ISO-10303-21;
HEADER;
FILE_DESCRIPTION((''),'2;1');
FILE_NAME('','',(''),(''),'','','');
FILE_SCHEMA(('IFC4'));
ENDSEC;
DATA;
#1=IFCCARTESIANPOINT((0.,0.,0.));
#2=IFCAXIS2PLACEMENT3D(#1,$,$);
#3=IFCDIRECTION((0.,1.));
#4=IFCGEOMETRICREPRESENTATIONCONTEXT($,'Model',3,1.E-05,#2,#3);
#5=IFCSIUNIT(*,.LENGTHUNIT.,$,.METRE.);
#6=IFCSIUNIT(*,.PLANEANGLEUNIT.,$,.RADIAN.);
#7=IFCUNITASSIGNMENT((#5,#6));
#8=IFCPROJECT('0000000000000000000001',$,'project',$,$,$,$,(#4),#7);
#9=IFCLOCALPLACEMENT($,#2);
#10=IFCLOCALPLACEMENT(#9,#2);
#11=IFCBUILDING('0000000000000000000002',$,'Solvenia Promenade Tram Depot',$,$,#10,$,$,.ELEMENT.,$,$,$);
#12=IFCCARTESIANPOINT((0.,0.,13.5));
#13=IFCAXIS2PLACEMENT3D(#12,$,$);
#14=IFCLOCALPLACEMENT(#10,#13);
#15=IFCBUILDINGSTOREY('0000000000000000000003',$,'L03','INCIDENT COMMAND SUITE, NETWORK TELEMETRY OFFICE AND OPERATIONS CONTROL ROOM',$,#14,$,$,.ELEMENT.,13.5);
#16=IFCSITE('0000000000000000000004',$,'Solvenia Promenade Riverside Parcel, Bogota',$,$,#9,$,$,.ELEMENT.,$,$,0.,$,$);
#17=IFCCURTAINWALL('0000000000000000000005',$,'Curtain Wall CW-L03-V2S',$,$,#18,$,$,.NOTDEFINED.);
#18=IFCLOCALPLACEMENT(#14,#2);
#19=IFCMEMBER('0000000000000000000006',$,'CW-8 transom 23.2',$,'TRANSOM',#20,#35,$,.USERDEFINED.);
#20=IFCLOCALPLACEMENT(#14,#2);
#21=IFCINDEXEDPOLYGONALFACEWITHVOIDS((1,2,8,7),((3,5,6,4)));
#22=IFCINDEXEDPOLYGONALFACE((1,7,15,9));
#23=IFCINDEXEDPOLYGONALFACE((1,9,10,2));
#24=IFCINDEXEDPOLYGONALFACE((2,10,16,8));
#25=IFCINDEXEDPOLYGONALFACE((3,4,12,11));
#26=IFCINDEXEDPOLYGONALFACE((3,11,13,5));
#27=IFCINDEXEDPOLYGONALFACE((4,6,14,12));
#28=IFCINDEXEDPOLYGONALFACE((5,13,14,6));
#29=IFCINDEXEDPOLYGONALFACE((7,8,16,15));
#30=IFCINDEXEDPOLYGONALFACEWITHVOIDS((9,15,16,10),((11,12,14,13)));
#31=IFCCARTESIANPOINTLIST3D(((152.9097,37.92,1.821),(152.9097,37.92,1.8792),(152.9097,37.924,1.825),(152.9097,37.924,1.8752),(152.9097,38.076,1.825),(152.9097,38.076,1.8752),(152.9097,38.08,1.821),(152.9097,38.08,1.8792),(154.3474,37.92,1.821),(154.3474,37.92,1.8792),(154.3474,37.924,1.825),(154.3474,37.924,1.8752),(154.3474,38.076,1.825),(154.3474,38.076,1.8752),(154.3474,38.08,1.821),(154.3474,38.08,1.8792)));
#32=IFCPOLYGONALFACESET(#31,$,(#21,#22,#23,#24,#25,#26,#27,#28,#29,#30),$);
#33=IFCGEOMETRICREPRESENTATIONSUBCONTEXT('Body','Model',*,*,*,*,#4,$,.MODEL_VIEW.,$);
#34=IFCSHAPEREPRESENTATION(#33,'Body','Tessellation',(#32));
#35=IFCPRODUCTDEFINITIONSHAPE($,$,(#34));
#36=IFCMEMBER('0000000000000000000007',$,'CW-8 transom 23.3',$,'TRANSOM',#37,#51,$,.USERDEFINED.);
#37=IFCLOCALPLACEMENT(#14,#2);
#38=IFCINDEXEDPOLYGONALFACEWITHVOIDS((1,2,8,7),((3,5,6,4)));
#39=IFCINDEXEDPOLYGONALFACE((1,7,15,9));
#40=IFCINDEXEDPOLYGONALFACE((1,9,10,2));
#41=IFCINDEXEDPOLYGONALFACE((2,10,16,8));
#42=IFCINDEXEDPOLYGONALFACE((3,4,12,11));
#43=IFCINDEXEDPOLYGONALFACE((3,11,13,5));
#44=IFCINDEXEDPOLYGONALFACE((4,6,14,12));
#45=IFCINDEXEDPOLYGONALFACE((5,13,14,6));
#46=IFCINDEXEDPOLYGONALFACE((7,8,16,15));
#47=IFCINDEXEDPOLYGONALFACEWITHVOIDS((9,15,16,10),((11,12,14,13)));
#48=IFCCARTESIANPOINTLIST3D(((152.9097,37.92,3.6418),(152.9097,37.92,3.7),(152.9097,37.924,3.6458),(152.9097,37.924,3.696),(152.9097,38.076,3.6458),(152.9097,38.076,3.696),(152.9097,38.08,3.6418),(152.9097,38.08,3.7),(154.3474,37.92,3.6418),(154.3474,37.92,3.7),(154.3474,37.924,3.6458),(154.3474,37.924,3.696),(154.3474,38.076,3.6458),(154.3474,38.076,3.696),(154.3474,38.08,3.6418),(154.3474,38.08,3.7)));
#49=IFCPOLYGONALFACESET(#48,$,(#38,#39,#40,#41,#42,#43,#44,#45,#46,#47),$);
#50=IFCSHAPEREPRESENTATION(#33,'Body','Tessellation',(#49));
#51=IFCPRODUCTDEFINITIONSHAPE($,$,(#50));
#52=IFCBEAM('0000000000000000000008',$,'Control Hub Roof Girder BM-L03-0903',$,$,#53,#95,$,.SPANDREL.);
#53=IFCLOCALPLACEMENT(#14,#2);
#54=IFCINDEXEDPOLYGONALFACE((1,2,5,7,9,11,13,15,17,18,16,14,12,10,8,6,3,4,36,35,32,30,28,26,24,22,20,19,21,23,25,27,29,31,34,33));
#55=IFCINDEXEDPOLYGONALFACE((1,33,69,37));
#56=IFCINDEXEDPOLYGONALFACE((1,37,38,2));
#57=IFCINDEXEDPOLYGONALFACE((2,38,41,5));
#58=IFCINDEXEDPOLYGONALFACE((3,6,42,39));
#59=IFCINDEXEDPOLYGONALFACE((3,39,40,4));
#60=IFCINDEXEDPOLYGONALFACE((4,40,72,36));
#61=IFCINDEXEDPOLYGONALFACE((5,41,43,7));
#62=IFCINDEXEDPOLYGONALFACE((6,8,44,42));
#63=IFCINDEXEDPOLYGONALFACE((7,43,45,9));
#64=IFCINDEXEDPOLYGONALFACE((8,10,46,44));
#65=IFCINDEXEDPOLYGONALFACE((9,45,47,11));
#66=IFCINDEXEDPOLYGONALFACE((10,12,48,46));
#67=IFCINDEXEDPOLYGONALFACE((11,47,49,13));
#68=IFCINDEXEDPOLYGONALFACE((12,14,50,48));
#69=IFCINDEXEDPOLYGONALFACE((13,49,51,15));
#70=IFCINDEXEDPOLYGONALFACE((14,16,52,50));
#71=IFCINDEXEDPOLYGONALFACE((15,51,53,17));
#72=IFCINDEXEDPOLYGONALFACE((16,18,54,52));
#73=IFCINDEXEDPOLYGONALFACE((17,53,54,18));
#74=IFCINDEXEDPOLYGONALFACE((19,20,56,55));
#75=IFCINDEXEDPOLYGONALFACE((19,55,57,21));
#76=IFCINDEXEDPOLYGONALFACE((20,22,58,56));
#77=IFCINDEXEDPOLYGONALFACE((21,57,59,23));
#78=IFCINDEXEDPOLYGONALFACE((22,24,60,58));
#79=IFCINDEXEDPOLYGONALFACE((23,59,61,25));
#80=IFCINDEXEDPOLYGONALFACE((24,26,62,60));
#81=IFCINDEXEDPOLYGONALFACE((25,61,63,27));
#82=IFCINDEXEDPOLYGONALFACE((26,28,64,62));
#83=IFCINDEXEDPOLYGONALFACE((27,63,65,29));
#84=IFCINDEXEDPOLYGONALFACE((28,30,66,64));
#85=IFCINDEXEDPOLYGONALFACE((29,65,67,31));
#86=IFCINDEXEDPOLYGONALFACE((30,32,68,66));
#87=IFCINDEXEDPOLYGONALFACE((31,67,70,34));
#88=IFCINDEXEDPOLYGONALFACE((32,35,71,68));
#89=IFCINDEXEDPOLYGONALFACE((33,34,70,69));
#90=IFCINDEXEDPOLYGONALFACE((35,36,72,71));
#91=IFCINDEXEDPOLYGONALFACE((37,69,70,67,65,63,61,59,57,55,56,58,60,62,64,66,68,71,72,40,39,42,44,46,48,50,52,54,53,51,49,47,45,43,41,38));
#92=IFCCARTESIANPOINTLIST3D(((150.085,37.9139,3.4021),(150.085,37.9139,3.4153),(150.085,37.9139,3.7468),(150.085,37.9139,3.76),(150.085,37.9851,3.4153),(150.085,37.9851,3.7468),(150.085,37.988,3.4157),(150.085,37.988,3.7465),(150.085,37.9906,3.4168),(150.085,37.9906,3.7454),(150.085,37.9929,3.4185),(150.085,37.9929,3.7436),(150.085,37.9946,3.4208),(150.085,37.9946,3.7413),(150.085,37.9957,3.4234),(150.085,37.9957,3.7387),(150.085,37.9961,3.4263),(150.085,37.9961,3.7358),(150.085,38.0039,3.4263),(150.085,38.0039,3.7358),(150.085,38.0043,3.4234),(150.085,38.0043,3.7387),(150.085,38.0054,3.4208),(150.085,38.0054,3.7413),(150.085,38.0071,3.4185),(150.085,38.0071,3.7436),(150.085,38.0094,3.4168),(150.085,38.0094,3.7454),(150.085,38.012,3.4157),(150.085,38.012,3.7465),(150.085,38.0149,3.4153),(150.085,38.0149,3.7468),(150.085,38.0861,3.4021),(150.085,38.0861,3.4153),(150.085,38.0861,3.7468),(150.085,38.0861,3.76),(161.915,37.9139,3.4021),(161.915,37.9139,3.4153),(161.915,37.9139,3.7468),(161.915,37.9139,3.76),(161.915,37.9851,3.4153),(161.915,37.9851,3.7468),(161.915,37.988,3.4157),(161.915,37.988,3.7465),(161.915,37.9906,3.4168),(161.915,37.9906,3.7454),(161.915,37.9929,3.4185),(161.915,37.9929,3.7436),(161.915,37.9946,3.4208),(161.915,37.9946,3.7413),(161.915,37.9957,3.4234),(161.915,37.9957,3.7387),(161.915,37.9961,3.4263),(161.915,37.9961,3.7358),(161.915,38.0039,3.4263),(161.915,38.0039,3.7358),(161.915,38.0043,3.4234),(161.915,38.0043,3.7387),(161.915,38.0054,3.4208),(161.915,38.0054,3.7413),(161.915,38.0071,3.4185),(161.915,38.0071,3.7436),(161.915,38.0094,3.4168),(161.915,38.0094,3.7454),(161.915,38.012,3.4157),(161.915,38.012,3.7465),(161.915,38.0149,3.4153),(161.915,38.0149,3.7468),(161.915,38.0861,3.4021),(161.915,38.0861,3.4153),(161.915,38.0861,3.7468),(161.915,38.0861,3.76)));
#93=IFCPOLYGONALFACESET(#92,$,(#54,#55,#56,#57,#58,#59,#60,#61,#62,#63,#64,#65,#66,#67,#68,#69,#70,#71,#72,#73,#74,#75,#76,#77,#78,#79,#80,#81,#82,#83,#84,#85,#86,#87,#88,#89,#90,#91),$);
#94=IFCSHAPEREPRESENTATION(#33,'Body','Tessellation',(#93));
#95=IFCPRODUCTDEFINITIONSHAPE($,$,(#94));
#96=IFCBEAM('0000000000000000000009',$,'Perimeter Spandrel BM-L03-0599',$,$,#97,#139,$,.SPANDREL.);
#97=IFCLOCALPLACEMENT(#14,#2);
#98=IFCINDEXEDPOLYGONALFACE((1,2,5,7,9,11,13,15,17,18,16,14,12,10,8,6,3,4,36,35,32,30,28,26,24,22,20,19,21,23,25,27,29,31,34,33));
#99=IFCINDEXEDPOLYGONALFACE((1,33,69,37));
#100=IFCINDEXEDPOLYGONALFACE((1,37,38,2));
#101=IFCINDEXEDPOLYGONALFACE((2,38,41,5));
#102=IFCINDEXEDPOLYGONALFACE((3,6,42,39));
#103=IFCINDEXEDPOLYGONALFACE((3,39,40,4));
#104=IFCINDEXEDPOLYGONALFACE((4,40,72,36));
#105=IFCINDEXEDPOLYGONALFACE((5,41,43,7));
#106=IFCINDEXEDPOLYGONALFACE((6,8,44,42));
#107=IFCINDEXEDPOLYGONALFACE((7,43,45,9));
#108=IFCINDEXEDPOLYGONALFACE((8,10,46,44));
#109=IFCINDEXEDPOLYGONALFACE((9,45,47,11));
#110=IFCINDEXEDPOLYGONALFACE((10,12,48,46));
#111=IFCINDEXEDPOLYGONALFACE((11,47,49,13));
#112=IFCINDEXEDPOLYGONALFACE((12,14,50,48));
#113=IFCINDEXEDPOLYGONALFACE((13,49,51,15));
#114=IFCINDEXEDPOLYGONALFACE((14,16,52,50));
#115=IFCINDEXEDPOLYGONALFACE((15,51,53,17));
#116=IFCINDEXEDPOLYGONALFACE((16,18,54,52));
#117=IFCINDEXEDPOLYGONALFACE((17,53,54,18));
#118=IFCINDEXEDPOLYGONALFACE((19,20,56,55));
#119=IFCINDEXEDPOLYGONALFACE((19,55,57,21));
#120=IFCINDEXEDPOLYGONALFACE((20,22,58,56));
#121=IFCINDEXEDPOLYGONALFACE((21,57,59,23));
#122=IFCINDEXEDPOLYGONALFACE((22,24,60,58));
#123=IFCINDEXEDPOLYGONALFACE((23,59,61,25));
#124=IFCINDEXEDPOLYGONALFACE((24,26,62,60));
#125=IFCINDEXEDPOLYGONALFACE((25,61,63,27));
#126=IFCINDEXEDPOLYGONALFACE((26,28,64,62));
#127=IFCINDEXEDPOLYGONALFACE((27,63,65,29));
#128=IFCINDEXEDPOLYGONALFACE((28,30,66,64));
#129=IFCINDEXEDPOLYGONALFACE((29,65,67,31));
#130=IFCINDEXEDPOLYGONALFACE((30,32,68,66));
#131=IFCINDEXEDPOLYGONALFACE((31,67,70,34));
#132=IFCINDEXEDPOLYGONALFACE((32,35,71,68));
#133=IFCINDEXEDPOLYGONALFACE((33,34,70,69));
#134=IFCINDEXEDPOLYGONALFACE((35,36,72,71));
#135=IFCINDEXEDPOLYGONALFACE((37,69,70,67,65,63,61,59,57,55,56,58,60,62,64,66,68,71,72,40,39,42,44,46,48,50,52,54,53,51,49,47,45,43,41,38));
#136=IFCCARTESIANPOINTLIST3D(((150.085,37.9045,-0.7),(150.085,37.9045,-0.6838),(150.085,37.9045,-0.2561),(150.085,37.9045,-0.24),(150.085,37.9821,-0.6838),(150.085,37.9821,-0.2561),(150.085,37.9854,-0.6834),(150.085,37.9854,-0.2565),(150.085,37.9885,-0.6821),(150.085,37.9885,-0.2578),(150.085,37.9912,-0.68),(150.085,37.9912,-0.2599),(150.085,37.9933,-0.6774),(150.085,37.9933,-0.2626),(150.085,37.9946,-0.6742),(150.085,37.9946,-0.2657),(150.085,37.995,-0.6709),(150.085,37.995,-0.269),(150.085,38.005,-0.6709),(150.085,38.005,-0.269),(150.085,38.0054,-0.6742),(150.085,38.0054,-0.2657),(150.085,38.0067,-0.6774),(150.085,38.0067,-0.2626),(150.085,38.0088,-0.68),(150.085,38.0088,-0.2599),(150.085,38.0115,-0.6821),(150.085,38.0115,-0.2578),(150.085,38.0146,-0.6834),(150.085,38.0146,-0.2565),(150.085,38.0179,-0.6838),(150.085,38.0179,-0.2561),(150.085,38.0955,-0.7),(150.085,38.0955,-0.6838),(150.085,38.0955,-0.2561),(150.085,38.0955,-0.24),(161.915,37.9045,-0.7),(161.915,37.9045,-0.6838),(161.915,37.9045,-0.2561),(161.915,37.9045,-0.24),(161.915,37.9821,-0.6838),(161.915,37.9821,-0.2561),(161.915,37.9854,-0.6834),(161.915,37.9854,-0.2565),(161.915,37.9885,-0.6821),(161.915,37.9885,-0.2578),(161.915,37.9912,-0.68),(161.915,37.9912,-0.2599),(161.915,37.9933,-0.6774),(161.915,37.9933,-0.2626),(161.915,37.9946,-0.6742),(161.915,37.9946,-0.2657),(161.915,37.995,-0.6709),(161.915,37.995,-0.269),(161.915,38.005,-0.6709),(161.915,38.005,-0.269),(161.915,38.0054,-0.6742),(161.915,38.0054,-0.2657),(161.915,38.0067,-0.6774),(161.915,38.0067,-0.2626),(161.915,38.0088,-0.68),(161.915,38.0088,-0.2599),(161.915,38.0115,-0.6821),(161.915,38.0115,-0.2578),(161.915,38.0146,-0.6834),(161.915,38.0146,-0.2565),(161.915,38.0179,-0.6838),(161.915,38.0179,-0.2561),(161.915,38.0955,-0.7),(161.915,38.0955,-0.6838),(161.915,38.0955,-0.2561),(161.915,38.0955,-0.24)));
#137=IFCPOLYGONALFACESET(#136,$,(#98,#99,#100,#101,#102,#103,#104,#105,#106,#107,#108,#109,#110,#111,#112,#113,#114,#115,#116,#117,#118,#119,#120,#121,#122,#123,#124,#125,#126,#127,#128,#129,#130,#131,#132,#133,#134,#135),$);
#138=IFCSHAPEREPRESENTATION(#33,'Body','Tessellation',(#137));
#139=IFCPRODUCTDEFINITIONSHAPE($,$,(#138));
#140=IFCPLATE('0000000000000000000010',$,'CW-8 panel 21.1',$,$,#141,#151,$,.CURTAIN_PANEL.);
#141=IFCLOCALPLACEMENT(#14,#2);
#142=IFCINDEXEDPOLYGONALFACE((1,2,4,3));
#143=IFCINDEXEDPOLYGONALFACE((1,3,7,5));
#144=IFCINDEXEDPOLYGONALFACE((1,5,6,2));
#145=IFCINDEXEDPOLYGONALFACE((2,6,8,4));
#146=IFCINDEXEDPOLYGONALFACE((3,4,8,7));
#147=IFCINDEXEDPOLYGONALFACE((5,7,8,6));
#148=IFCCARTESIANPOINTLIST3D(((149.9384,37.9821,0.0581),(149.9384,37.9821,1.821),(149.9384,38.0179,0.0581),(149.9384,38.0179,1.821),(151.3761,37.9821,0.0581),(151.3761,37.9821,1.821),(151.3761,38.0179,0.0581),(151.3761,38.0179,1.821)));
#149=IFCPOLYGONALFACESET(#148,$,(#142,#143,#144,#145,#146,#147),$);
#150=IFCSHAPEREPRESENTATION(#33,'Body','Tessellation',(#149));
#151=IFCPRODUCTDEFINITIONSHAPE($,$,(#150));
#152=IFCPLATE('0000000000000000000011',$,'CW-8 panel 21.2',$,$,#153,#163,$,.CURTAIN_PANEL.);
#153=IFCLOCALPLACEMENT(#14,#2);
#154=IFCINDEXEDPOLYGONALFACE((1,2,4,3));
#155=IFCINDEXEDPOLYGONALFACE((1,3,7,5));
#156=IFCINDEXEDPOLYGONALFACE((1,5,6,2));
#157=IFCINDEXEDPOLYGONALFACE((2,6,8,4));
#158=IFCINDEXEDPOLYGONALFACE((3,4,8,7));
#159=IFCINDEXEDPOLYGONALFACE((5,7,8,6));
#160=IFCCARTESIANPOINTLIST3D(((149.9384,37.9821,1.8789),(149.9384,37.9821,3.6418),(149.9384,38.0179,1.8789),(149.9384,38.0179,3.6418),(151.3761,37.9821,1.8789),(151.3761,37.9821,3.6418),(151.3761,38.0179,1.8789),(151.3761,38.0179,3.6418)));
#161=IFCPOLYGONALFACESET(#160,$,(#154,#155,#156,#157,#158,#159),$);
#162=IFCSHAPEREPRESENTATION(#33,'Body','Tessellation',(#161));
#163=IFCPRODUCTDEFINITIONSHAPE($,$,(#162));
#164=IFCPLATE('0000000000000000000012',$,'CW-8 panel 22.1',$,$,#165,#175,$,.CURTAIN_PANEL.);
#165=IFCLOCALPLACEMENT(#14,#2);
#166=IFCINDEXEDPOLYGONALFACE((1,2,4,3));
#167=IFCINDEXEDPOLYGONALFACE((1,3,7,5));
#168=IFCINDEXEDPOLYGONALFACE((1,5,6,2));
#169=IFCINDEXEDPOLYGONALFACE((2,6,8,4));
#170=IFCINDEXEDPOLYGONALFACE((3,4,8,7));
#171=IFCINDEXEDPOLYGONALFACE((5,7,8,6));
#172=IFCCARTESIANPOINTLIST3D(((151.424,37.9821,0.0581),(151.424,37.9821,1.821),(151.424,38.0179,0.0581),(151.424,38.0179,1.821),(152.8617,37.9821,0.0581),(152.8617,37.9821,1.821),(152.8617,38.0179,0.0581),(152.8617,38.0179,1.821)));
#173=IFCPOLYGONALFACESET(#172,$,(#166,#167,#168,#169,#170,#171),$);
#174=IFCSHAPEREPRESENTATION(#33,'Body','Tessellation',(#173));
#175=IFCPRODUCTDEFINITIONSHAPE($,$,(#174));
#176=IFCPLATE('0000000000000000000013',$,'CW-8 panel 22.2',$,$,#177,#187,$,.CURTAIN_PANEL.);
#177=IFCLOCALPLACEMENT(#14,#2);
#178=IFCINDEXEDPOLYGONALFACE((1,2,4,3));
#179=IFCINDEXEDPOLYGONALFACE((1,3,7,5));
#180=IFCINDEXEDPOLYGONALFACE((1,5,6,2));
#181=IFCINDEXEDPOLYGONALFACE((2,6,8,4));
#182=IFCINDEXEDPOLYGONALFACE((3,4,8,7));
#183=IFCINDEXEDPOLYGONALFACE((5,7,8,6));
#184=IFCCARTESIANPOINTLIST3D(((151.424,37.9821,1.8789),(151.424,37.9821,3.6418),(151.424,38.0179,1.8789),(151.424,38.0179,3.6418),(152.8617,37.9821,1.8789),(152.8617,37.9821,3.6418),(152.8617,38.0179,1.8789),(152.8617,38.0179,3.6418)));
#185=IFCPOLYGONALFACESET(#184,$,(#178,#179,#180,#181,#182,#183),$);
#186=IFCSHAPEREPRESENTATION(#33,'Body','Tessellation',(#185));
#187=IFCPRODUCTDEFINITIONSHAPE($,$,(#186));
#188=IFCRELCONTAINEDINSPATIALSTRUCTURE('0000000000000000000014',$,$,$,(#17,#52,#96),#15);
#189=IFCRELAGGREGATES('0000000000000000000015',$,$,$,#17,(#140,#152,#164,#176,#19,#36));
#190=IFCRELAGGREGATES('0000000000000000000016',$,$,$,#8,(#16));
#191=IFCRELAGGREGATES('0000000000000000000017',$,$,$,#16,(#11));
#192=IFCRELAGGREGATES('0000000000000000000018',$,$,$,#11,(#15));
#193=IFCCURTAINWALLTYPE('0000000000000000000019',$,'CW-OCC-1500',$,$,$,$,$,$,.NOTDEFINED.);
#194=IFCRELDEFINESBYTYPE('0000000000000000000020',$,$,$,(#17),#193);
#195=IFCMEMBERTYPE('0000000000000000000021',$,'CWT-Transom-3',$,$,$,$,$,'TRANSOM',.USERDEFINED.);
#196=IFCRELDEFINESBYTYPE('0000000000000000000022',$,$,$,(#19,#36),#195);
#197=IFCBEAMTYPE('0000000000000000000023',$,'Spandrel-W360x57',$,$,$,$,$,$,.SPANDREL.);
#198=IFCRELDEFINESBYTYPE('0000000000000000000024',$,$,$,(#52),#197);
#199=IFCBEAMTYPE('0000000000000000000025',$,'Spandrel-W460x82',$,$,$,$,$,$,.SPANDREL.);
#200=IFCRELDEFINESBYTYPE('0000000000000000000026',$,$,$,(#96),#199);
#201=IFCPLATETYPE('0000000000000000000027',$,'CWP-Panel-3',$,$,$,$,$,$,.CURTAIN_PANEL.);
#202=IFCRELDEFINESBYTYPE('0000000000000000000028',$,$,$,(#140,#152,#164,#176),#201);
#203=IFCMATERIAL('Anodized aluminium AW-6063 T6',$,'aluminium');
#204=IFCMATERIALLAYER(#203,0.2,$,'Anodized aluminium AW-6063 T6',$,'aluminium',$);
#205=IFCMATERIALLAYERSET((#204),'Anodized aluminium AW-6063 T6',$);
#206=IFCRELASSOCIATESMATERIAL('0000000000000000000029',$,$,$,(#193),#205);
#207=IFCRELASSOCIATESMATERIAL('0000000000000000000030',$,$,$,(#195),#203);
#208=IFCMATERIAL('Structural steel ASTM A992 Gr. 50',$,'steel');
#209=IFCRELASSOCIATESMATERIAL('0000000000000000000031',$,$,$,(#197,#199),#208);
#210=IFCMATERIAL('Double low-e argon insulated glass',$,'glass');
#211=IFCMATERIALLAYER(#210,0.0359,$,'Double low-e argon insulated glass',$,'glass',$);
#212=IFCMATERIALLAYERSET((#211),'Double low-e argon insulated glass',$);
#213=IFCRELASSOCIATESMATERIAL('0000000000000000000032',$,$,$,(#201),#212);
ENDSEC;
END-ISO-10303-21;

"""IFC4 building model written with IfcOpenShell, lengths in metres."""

from ifc_helpers import new_model, si_unit, direction, frame, origin, origin_2d, place, context, subcontext, project, spatial, rectangle, hollow_rectangle, i_section, extrude, material, layer, layer_set, material_profile, profile_set, type_object, element, aggregate, save


model = new_model("IFC4")

# Units and contexts
model_context = context("Model", 3, precision=1e-05, world=origin(), true_north=direction((0.0, 1.0)))
body_context = subcontext(model_context, "Body", "Model", "MODEL_VIEW")
ifc_project = project(units=[si_unit("LENGTHUNIT", "METRE"), si_unit("PLANEANGLEUNIT", "RADIAN")], contexts=[model_context])

# Site, building, storey
site_placement = place(None, origin())
site = spatial("IfcSite", under=ifc_project, at=site_placement, Name="Solvenia Promenade Riverside Parcel, Bogota", CompositionType="ELEMENT", RefElevation=0.0)
building_placement = place(site_placement, origin())
building = spatial("IfcBuilding", under=site, at=building_placement, Name="Solvenia Promenade Tram Depot", CompositionType="ELEMENT")
storey_placement = place(building_placement, frame((0.0, 0.0, 13.5)))
storey = spatial("IfcBuildingStorey", under=building, at=storey_placement, Name="L03", Description="INCIDENT COMMAND SUITE, NETWORK TELEMETRY OFFICE AND OPERATIONS CONTROL ROOM", CompositionType="ELEMENT", Elevation=13.5)

# Shared definitions
ifc_material_1 = material(Name="Structural steel ASTM A992 Gr. 50", Category="steel")

# Curtain wall, members
ifc_material_2 = material(Name="Anodized aluminium AW-6063 T6", Category="aluminium")
ifc_layer_1 = layer(ifc_material_2, 0.2, Name="Anodized aluminium AW-6063 T6", Category="aluminium")
ifc_layer_set_1 = layer_set([ifc_layer_1], Name="Anodized aluminium AW-6063 T6")
curtain_wall_type = type_object("IfcCurtainWallType", Name="CW-OCC-1500", PredefinedType="NOTDEFINED", material=ifc_layer_set_1)
curtain_wall_placement = place(storey_placement, origin())
curtain_wall = element("IfcCurtainWall", 1, at=curtain_wall_placement, inside=storey, type_object=curtain_wall_type, Name="Curtain Wall CW-L03-V2S", PredefinedType="NOTDEFINED")
ifc_material_profile_1 = material_profile(ifc_material_2, hollow_rectangle(XDim=0.1599, YDim=0.0581, WallThickness=0.0039, at=origin_2d()), Name="ALU-T3", Category="aluminium")
ifc_profile_set_1 = profile_set([ifc_material_profile_1], Name="Anodized aluminium AW-6063 T6")
member_type_1 = type_object("IfcMemberType", Name="CWT-Transom-3", ElementType="TRANSOM", PredefinedType="USERDEFINED", material=ifc_profile_set_1)
member_1_placement = place(storey_placement, frame((152.9097, 38.0, 1.8501), z_axis=(1.0, 0.0, 0.0), x_axis=(0.0, 1.0, 0.0)))
member_1 = element("IfcMember", 2, at=member_1_placement, type_object=member_type_1, Name="CW-8 transom 23.2", ObjectType="TRANSOM", PredefinedType="USERDEFINED", context=body_context, shape_type="SweptSolid", body=[
    extrude(hollow_rectangle(XDim=0.1599, YDim=0.0581, WallThickness=0.0039, at=origin_2d()), origin(), (0.0, 0.0, 1.0), 1.4377),
])
member_2_placement = place(storey_placement, frame((152.9097, 38.0, 3.6709), z_axis=(1.0, 0.0, 0.0), x_axis=(0.0, 1.0, 0.0)))
member_2 = element("IfcMember", 3, at=member_2_placement, type_object=member_type_1, Name="CW-8 transom 23.3", ObjectType="TRANSOM", PredefinedType="USERDEFINED", context=body_context, shape_type="SweptSolid", body=[
    extrude(hollow_rectangle(XDim=0.1599, YDim=0.0581, WallThickness=0.0039, at=origin_2d()), origin(), (0.0, 0.0, 1.0), 1.4377),
])

# Beams
ifc_material_profile_2 = material_profile(ifc_material_1, i_section(OverallWidth=0.1721, OverallDepth=0.3579, WebThickness=0.0078, FlangeThickness=0.0132, FilletRadius=0.011, at=origin_2d()), Name="W360x57", Category="steel")
ifc_profile_set_2 = profile_set([ifc_material_profile_2], Name="Structural steel ASTM A992 Gr. 50")
beam_type_1 = type_object("IfcBeamType", Name="Spandrel-W360x57", PredefinedType="SPANDREL", material=ifc_profile_set_2)
beam_1_placement = place(storey_placement, frame((150.085, 38.0, 3.5811), z_axis=(1.0, 0.0, 0.0), x_axis=(0.0, 1.0, 0.0)))
element("IfcBeam", 4, at=beam_1_placement, inside=storey, type_object=beam_type_1, Name="Control Hub Roof Girder BM-L03-0903", PredefinedType="SPANDREL", context=body_context, shape_type="SweptSolid", body=[
    extrude(i_section(OverallWidth=0.1721, OverallDepth=0.3579, WebThickness=0.0078, FlangeThickness=0.0132, FilletRadius=0.011, at=origin_2d()), origin(), (0.0, 0.0, 1.0), 11.8301),
])
ifc_material_profile_3 = material_profile(ifc_material_1, i_section(OverallWidth=0.1909, OverallDepth=0.46, WebThickness=0.01, FlangeThickness=0.0161, FilletRadius=0.0129, at=origin_2d()), Name="W460x82", Category="steel")
ifc_profile_set_3 = profile_set([ifc_material_profile_3], Name="Structural steel ASTM A992 Gr. 50")
beam_type_2 = type_object("IfcBeamType", Name="Spandrel-W460x82", PredefinedType="SPANDREL", material=ifc_profile_set_3)
beam_2_placement = place(storey_placement, frame((150.085, 38.0, -0.47), z_axis=(1.0, 0.0, 0.0), x_axis=(0.0, 1.0, 0.0)))
element("IfcBeam", 5, at=beam_2_placement, inside=storey, type_object=beam_type_2, Name="Perimeter Spandrel BM-L03-0599", PredefinedType="SPANDREL", context=body_context, shape_type="SweptSolid", body=[
    extrude(i_section(OverallWidth=0.1909, OverallDepth=0.46, WebThickness=0.01, FlangeThickness=0.0161, FilletRadius=0.0129, at=origin_2d()), origin(), (0.0, 0.0, 1.0), 11.8301),
])

# Plates
ifc_material_3 = material(Name="Double low-e argon insulated glass", Category="glass")
ifc_layer_2 = layer(ifc_material_3, 0.0359, Name="Double low-e argon insulated glass", Category="glass")
ifc_layer_set_2 = layer_set([ifc_layer_2], Name="Double low-e argon insulated glass")
plate_type = type_object("IfcPlateType", Name="CWP-Panel-3", PredefinedType="CURTAIN_PANEL", material=ifc_layer_set_2)
plate_1_placement = place(storey_placement, frame((150.6572, 38.0, 0.0581), z_axis=(0.0, 0.0, 1.0), x_axis=(1.0, 0.0, 0.0)))
plate_1 = element("IfcPlate", 6, at=plate_1_placement, type_object=plate_type, Name="CW-8 panel 21.1", PredefinedType="CURTAIN_PANEL", context=body_context, shape_type="SweptSolid", body=[
    extrude(rectangle(XDim=1.4377, YDim=0.0359, at=origin_2d()), origin(), (0.0, 0.0, 1.0), 1.7629),
])
plate_2_placement = place(storey_placement, frame((150.6572, 38.0, 1.8789), z_axis=(0.0, 0.0, 1.0), x_axis=(1.0, 0.0, 0.0)))
plate_2 = element("IfcPlate", 7, at=plate_2_placement, type_object=plate_type, Name="CW-8 panel 21.2", PredefinedType="CURTAIN_PANEL", context=body_context, shape_type="SweptSolid", body=[
    extrude(rectangle(XDim=1.4377, YDim=0.0359, at=origin_2d()), origin(), (0.0, 0.0, 1.0), 1.7629),
])
plate_3_placement = place(storey_placement, frame((152.1428, 38.0, 0.0581), z_axis=(0.0, 0.0, 1.0), x_axis=(1.0, 0.0, 0.0)))
plate_3 = element("IfcPlate", 8, at=plate_3_placement, type_object=plate_type, Name="CW-8 panel 22.1", PredefinedType="CURTAIN_PANEL", context=body_context, shape_type="SweptSolid", body=[
    extrude(rectangle(XDim=1.4377, YDim=0.0359, at=origin_2d()), origin(), (0.0, 0.0, 1.0), 1.7629),
])
plate_4_placement = place(storey_placement, frame((152.1428, 38.0, 1.8789), z_axis=(0.0, 0.0, 1.0), x_axis=(1.0, 0.0, 0.0)))
plate_4 = element("IfcPlate", 9, at=plate_4_placement, type_object=plate_type, Name="CW-8 panel 22.2", PredefinedType="CURTAIN_PANEL", context=body_context, shape_type="SweptSolid", body=[
    extrude(rectangle(XDim=1.4377, YDim=0.0359, at=origin_2d()), origin(), (0.0, 0.0, 1.0), 1.7629),
])
aggregate(curtain_wall, [plate_1, plate_2, plate_3, plate_4, member_1, member_2])

save(model, "model.ifc")
